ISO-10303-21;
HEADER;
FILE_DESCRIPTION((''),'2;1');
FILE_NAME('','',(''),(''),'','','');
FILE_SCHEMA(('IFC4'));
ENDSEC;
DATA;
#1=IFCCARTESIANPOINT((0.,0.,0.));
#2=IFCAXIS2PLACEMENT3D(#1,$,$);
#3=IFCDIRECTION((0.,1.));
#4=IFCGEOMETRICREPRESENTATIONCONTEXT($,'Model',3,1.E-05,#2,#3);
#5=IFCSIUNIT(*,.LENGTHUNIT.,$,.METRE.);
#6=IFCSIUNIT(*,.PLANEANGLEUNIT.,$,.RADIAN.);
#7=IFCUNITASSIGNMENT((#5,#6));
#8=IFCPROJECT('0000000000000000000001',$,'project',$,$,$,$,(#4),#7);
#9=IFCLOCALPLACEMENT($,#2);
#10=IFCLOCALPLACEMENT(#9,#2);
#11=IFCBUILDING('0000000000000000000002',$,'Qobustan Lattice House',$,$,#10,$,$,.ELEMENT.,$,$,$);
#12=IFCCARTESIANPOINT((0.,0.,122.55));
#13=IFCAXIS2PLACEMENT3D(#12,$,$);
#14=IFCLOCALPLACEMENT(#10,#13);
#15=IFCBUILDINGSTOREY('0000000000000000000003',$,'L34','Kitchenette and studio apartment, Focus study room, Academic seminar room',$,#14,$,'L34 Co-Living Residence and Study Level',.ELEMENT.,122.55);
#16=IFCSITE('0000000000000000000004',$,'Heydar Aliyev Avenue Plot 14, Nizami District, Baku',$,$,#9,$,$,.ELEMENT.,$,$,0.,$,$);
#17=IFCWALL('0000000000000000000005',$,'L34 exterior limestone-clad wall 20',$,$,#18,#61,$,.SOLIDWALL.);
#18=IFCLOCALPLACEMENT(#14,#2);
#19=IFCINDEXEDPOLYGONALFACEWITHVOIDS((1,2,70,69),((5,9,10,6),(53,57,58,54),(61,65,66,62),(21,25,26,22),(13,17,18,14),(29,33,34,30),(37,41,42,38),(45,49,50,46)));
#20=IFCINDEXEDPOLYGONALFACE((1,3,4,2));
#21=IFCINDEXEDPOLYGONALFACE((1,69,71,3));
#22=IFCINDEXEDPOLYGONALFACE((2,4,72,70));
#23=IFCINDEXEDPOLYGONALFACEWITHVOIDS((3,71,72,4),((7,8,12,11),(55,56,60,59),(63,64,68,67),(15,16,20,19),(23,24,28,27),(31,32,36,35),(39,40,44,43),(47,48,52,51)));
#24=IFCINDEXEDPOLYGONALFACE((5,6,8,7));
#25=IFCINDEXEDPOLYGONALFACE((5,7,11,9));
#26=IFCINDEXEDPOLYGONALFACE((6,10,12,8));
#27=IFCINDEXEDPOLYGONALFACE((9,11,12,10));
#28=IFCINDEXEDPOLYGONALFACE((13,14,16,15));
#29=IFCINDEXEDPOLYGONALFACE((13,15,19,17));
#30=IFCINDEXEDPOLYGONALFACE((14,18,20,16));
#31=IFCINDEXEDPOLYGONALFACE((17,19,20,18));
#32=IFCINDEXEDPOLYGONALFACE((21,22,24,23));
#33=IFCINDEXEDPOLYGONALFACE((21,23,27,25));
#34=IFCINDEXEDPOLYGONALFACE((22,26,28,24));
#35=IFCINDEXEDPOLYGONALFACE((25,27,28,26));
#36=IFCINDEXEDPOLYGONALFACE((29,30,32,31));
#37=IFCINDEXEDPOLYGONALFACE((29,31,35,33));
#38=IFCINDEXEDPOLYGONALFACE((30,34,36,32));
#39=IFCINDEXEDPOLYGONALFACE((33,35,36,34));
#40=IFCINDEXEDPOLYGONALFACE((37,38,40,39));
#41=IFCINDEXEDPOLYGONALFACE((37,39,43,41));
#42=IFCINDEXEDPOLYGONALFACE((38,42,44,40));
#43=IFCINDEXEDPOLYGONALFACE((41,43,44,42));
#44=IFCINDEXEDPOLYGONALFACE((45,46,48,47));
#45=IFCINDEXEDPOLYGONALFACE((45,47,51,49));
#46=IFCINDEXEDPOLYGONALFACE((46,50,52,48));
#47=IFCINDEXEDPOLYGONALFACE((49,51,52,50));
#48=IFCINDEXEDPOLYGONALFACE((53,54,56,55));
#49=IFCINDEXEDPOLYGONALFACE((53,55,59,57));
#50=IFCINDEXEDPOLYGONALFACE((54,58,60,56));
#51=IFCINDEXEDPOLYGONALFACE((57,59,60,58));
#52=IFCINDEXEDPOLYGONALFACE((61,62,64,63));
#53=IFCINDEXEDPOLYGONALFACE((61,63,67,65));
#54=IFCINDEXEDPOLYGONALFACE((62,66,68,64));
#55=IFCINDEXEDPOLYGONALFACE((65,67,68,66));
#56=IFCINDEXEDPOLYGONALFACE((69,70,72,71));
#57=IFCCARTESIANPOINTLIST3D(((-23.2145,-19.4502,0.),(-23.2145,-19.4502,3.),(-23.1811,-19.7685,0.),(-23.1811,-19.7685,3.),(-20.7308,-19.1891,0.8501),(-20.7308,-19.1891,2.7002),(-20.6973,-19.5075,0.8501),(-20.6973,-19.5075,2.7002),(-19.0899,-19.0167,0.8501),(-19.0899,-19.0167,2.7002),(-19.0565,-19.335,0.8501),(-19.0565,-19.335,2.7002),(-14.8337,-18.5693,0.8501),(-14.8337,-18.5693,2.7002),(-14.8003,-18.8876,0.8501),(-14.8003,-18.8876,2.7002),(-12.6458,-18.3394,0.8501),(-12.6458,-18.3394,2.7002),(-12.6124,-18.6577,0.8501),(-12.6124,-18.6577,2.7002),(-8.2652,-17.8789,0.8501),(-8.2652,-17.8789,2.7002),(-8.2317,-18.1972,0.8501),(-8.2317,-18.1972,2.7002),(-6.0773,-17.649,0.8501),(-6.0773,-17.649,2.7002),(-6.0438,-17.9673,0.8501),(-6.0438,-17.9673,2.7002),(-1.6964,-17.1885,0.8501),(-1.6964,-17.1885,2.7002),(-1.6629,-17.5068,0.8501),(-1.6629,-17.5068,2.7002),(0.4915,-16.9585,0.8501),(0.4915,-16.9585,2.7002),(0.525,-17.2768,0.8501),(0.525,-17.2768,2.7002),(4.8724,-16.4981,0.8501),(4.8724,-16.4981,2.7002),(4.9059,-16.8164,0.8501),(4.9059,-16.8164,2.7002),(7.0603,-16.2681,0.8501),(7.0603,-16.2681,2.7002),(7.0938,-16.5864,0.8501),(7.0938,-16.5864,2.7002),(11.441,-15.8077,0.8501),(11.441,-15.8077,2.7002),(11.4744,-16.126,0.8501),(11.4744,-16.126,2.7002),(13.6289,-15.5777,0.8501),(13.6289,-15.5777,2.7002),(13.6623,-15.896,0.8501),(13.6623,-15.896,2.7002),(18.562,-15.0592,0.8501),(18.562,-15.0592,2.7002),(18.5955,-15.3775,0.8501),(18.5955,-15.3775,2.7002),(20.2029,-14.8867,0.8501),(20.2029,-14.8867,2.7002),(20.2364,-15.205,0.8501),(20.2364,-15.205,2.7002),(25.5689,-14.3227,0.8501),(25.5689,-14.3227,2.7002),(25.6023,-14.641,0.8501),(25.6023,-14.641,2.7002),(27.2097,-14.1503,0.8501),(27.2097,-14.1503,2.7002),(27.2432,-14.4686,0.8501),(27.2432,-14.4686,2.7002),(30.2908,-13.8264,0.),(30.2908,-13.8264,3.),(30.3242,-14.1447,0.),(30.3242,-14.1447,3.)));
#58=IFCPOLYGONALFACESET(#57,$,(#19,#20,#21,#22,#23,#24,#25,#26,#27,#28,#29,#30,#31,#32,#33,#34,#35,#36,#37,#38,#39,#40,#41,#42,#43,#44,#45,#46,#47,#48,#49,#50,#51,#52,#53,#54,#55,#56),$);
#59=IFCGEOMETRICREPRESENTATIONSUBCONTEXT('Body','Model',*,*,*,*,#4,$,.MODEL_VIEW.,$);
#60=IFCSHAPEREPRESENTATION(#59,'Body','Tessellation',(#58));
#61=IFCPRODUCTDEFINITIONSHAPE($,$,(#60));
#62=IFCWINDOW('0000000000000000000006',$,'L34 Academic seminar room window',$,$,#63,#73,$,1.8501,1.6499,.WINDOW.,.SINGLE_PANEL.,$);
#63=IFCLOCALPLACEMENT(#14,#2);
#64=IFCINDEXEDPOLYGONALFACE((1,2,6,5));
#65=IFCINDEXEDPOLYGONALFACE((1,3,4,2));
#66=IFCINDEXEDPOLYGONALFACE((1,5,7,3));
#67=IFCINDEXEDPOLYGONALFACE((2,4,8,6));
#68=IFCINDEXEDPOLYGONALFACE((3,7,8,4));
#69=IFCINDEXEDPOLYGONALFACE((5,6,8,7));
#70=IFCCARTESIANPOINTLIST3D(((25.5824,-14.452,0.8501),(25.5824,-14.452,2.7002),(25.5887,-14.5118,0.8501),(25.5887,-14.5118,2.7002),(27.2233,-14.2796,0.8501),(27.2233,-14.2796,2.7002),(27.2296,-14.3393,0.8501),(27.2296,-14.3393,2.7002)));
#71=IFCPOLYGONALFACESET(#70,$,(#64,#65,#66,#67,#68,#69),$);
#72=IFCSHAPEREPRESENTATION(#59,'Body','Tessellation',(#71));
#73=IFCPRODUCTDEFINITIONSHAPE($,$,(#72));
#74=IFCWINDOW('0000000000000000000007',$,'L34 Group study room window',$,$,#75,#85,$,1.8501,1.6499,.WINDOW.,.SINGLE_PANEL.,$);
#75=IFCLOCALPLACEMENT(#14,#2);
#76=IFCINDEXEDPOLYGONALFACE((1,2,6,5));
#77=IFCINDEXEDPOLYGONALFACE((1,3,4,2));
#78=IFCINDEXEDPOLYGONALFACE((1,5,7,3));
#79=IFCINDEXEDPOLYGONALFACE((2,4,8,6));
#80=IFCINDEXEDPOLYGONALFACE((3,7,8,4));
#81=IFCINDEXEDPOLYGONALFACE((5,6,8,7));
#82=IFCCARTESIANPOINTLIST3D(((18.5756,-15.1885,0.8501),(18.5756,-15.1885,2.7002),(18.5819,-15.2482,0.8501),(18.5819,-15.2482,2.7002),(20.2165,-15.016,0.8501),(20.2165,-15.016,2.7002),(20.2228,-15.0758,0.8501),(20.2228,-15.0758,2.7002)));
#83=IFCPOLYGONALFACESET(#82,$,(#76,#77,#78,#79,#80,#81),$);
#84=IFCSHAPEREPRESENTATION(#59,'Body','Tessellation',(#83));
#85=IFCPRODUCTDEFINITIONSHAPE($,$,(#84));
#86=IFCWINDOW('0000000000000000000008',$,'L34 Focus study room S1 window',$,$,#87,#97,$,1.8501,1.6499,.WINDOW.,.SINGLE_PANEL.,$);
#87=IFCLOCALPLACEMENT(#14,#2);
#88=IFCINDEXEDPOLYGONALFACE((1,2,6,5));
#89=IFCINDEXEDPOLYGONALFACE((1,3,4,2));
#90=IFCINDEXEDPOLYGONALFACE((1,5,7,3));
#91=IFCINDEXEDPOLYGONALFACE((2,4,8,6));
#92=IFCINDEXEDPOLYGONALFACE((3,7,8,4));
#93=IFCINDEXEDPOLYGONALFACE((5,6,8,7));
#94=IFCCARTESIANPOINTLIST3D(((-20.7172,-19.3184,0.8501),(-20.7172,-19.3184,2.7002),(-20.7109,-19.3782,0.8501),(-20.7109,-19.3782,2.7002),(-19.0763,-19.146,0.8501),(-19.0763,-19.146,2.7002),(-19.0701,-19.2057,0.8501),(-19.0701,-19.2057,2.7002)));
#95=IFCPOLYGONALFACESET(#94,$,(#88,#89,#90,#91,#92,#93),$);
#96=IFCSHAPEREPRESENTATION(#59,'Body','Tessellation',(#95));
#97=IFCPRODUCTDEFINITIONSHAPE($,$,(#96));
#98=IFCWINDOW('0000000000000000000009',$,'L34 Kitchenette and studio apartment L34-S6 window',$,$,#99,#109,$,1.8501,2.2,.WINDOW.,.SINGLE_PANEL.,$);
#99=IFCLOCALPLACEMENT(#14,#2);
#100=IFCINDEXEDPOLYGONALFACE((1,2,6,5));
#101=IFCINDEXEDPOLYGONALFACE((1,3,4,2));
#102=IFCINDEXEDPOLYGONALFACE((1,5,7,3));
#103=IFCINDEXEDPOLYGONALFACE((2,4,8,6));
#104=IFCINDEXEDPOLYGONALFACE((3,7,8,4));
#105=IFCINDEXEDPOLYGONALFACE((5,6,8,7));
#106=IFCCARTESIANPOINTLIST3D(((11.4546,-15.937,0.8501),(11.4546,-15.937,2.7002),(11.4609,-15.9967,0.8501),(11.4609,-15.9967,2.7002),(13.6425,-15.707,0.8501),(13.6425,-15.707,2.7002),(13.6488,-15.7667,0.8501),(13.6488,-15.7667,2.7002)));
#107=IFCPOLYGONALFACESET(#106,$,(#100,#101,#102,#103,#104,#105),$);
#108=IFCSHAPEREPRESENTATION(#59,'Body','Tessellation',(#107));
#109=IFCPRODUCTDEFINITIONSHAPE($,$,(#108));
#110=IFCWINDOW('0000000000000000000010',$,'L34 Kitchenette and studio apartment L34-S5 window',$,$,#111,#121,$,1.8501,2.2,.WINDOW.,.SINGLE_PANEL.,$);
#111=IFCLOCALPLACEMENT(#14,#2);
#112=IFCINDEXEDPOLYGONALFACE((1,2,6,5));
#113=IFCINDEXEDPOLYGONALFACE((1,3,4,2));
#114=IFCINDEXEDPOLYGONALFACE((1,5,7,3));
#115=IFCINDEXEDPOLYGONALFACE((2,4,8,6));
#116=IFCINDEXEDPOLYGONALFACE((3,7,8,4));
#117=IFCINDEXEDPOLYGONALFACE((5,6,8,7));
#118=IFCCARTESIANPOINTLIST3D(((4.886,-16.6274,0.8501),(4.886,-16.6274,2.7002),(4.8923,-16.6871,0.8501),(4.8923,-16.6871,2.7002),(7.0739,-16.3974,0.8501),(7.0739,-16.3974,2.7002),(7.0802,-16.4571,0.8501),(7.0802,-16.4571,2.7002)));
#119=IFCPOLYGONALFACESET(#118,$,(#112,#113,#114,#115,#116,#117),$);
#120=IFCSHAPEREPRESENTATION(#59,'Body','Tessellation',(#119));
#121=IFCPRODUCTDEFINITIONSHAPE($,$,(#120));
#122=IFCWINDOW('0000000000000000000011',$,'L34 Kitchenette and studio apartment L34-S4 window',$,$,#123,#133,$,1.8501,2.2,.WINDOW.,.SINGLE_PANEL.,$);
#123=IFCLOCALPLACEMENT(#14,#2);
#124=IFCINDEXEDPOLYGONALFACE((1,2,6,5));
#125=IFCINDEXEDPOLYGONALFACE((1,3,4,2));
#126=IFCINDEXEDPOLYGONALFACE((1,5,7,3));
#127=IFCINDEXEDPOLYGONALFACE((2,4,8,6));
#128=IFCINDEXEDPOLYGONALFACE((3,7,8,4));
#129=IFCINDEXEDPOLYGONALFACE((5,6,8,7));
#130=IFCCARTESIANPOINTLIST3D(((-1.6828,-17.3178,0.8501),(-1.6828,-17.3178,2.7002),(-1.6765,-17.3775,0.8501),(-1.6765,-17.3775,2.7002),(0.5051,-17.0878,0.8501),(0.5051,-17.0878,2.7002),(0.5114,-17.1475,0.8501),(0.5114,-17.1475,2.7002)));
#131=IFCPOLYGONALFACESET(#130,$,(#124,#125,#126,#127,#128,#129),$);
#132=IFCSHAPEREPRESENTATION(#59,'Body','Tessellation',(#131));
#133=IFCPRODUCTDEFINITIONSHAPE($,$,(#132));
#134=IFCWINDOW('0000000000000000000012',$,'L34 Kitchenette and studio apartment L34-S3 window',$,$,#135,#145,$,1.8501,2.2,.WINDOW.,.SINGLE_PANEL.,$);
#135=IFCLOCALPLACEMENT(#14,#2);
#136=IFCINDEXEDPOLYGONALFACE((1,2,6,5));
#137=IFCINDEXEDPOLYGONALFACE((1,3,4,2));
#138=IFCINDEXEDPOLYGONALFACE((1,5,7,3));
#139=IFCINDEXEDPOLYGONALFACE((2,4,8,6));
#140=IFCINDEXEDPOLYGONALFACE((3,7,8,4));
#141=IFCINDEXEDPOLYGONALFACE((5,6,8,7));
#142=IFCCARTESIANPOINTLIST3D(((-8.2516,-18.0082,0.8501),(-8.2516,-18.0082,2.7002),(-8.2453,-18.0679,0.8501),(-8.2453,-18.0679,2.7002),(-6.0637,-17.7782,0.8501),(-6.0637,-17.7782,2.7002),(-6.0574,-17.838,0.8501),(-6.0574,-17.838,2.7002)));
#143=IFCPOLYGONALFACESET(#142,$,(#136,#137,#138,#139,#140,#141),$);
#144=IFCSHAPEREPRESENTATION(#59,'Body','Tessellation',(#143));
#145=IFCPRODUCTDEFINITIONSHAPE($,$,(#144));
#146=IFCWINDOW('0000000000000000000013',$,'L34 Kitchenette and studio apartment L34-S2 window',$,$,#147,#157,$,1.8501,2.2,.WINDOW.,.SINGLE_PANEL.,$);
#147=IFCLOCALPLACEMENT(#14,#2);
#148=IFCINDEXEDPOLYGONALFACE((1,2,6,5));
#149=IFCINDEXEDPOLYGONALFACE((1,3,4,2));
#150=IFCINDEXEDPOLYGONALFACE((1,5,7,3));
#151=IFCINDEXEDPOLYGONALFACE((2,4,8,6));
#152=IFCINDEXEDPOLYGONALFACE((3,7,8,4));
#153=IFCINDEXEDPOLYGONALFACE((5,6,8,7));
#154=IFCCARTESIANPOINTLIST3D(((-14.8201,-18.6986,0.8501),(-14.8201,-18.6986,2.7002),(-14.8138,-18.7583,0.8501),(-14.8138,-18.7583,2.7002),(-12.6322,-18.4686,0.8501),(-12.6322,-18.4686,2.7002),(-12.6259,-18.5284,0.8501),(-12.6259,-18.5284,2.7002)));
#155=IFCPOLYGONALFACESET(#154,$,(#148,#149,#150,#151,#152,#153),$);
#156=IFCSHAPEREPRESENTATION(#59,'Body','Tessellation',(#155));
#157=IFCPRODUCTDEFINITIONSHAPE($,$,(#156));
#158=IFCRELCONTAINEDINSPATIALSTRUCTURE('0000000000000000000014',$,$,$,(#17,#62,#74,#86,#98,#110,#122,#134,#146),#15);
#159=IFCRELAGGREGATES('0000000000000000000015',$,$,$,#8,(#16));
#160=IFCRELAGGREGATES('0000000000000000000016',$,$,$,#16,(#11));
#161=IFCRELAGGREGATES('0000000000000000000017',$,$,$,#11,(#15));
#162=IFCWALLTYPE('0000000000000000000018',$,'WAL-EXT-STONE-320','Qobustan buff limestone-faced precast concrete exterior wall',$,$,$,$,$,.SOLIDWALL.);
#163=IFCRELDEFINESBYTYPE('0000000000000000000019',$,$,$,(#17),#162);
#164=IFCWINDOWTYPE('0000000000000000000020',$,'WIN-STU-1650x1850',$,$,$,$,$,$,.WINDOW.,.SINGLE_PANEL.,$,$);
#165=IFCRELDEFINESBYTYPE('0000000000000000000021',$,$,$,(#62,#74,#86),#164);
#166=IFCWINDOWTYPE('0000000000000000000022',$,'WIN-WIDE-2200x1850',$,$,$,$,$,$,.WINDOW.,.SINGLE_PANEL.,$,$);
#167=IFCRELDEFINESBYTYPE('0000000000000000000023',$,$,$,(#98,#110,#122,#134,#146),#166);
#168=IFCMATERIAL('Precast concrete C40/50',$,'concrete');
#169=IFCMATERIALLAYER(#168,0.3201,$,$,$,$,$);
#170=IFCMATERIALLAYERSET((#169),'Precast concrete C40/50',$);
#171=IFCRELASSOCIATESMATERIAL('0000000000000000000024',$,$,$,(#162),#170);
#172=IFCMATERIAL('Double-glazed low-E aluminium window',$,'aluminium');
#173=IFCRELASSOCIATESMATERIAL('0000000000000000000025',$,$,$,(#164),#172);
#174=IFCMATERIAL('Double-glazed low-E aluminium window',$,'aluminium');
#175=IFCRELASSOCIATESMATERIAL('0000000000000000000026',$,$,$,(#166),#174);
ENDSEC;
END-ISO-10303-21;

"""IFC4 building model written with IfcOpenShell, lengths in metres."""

from ifc_helpers import new_model, si_unit, direction, frame, frame_2d, origin, place, context, subcontext, project, spatial, rectangle, extrude, material, layer, layer_set, type_object, element, fill, save


model = new_model("IFC4")

# Units and contexts
model_context = context("Model", 3, precision=1e-05, world=origin(), true_north=direction((0.0, 1.0)))
body_context = subcontext(model_context, "Body", "Model", "MODEL_VIEW")
ifc_project = project(units=[si_unit("LENGTHUNIT", "METRE"), si_unit("PLANEANGLEUNIT", "RADIAN")], contexts=[model_context])

# Site, building, storey
site_placement = place(None, origin())
site = spatial("IfcSite", under=ifc_project, at=site_placement, Name="Heydar Aliyev Avenue Plot 14, Nizami District, Baku", CompositionType="ELEMENT", RefElevation=0.0)
building_placement = place(site_placement, origin())
building = spatial("IfcBuilding", under=site, at=building_placement, Name="Qobustan Lattice House", CompositionType="ELEMENT")
storey_placement = place(building_placement, frame((0.0, 0.0, 122.55)))
storey = spatial("IfcBuildingStorey", under=building, at=storey_placement, Name="L34", Description="Kitchenette and studio apartment, Focus study room, Academic seminar room", LongName="L34 Co-Living Residence and Study Level", CompositionType="ELEMENT", Elevation=122.55)

# Shared definitions
ifc_material_1 = material(Name="Precast concrete C40/50", Category="concrete")
ifc_layer_1 = layer(ifc_material_1, 0.3201)
ifc_layer_set_1 = layer_set([ifc_layer_1], Name="Precast concrete C40/50")
wall_type = type_object("IfcWallType", Name="WAL-EXT-STONE-320", Description="Qobustan buff limestone-faced precast concrete exterior wall", PredefinedType="SOLIDWALL", material=ifc_layer_set_1)

# Wall, openings, windows
wall_1_placement = place(storey_placement, frame((30.3074, -13.9856, 0.0), z_axis=(0.0, 0.0, 1.0), x_axis=(-0.994522, -0.104531, 0.0)))
wall_1 = element("IfcWall", 1, at=wall_1_placement, inside=storey, type_object=wall_type, Name="L34 exterior limestone-clad wall 20", PredefinedType="SOLIDWALL", context=body_context, shape_type="SweptSolid", body=[
    extrude(rectangle(XDim=53.8, YDim=0.3201, at=frame_2d((26.8999, 0.0))), origin(), (0.0, 0.0, 1.0), 3.0),
])
opening_1_placement = place(wall_1_placement, frame((3.0979, 0.0, 0.8501)))
opening_1 = element("IfcOpeningElement", 2, at=opening_1_placement, cuts=wall_1, PredefinedType="OPENING", context=body_context, shape_type="SweptSolid", body=[
    extrude(rectangle(XDim=1.6499, YDim=1.8501, at=frame_2d((0.825, 0.925))), frame((0.0, 0.1699, 0.0), z_axis=(0.0, -1.0, 0.0), x_axis=(1.0, 0.0, 0.0)), (0.0, 0.0, 1.0), 0.3401),
])
opening_2_placement = place(wall_1_placement, frame((10.1433, 0.0, 0.8501)))
opening_2 = element("IfcOpeningElement", 3, at=opening_2_placement, cuts=wall_1, PredefinedType="OPENING", context=body_context, shape_type="SweptSolid", body=[
    extrude(rectangle(XDim=1.6499, YDim=1.8501, at=frame_2d((0.825, 0.925))), frame((0.0, 0.1699, 0.0), z_axis=(0.0, -1.0, 0.0), x_axis=(1.0, 0.0, 0.0)), (0.0, 0.0, 1.0), 0.3401),
])
opening_3_placement = place(wall_1_placement, frame((16.7534, 0.0, 0.8501)))
opening_3 = element("IfcOpeningElement", 4, at=opening_3_placement, cuts=wall_1, PredefinedType="OPENING", context=body_context, shape_type="SweptSolid", body=[
    extrude(rectangle(XDim=2.2, YDim=1.8501, at=frame_2d((1.1001, 0.925))), frame((0.0, 0.1699, 0.0), z_axis=(0.0, -1.0, 0.0), x_axis=(1.0, 0.0, 0.0)), (0.0, 0.0, 1.0), 0.3401),
])
opening_4_placement = place(wall_1_placement, frame((23.3582, 0.0, 0.8501)))
opening_4 = element("IfcOpeningElement", 5, at=opening_4_placement, cuts=wall_1, PredefinedType="OPENING", context=body_context, shape_type="SweptSolid", body=[
    extrude(rectangle(XDim=2.2, YDim=1.8501, at=frame_2d((1.1001, 0.925))), frame((0.0, 0.1699, 0.0), z_axis=(0.0, -1.0, 0.0), x_axis=(1.0, 0.0, 0.0)), (0.0, 0.0, 1.0), 0.3401),
])
opening_5_placement = place(wall_1_placement, frame((29.9631, 0.0, 0.8501)))
opening_5 = element("IfcOpeningElement", 6, at=opening_5_placement, cuts=wall_1, PredefinedType="OPENING", context=body_context, shape_type="SweptSolid", body=[
    extrude(rectangle(XDim=2.2, YDim=1.8501, at=frame_2d((1.1001, 0.925))), frame((0.0, 0.1699, 0.0), z_axis=(0.0, -1.0, 0.0), x_axis=(1.0, 0.0, 0.0)), (0.0, 0.0, 1.0), 0.3401),
])
opening_6_placement = place(wall_1_placement, frame((36.5681, 0.0, 0.8501)))
opening_6 = element("IfcOpeningElement", 7, at=opening_6_placement, cuts=wall_1, PredefinedType="OPENING", context=body_context, shape_type="SweptSolid", body=[
    extrude(rectangle(XDim=2.2, YDim=1.8501, at=frame_2d((1.1001, 0.925))), frame((0.0, 0.1699, 0.0), z_axis=(0.0, -1.0, 0.0), x_axis=(1.0, 0.0, 0.0)), (0.0, 0.0, 1.0), 0.3401),
])
opening_7_placement = place(wall_1_placement, frame((43.1729, 0.0, 0.8501)))
opening_7 = element("IfcOpeningElement", 8, at=opening_7_placement, cuts=wall_1, PredefinedType="OPENING", context=body_context, shape_type="SweptSolid", body=[
    extrude(rectangle(XDim=2.2, YDim=1.8501, at=frame_2d((1.1001, 0.925))), frame((0.0, 0.1699, 0.0), z_axis=(0.0, -1.0, 0.0), x_axis=(1.0, 0.0, 0.0)), (0.0, 0.0, 1.0), 0.3401),
])
opening_8_placement = place(wall_1_placement, frame((49.6526, 0.0, 0.8501)))
opening_8 = element("IfcOpeningElement", 9, at=opening_8_placement, cuts=wall_1, PredefinedType="OPENING", context=body_context, shape_type="SweptSolid", body=[
    extrude(rectangle(XDim=1.6499, YDim=1.8501, at=frame_2d((0.825, 0.925))), frame((0.0, 0.1699, 0.0), z_axis=(0.0, -1.0, 0.0), x_axis=(1.0, 0.0, 0.0)), (0.0, 0.0, 1.0), 0.3401),
])
ifc_material_2 = material(Name="Double-glazed low-E aluminium window", Category="aluminium")
window_type_1 = type_object("IfcWindowType", Name="WIN-STU-1650x1850", PartitioningType="SINGLE_PANEL", PredefinedType="WINDOW", material=ifc_material_2)
window_1_placement = place(opening_1_placement, origin())
window_1 = element("IfcWindow", 10, at=window_1_placement, inside=storey, type_object=window_type_1, Name="L34 Academic seminar room window", OverallHeight=1.8501, OverallWidth=1.6499, PartitioningType="SINGLE_PANEL", PredefinedType="WINDOW", context=body_context, shape_type="SweptSolid", body=[
    extrude(rectangle(XDim=1.6499, YDim=1.8501, at=frame_2d((0.825, 0.925))), frame((0.0, 0.03, 0.0), z_axis=(0.0, -1.0, 0.0), x_axis=(1.0, 0.0, 0.0)), (0.0, 0.0, 1.0), 0.0601),
])
fill(opening_1, window_1)
window_2_placement = place(opening_2_placement, origin())
window_2 = element("IfcWindow", 11, at=window_2_placement, inside=storey, type_object=window_type_1, Name="L34 Group study room window", OverallHeight=1.8501, OverallWidth=1.6499, PartitioningType="SINGLE_PANEL", PredefinedType="WINDOW", context=body_context, shape_type="SweptSolid", body=[
    extrude(rectangle(XDim=1.6499, YDim=1.8501, at=frame_2d((0.825, 0.925))), frame((0.0, 0.03, 0.0), z_axis=(0.0, -1.0, 0.0), x_axis=(1.0, 0.0, 0.0)), (0.0, 0.0, 1.0), 0.0601),
])
fill(opening_2, window_2)
window_3_placement = place(opening_8_placement, origin())
window_3 = element("IfcWindow", 12, at=window_3_placement, inside=storey, type_object=window_type_1, Name="L34 Focus study room S1 window", OverallHeight=1.8501, OverallWidth=1.6499, PartitioningType="SINGLE_PANEL", PredefinedType="WINDOW", context=body_context, shape_type="SweptSolid", body=[
    extrude(rectangle(XDim=1.6499, YDim=1.8501, at=frame_2d((0.825, 0.925))), frame((0.0, 0.03, 0.0), z_axis=(0.0, -1.0, 0.0), x_axis=(1.0, 0.0, 0.0)), (0.0, 0.0, 1.0), 0.0601),
])
fill(opening_8, window_3)
ifc_material_3 = material(Name="Double-glazed low-E aluminium window", Category="aluminium")
window_type_2 = type_object("IfcWindowType", Name="WIN-WIDE-2200x1850", PartitioningType="SINGLE_PANEL", PredefinedType="WINDOW", material=ifc_material_3)
window_4_placement = place(opening_3_placement, origin())
window_4 = element("IfcWindow", 13, at=window_4_placement, inside=storey, type_object=window_type_2, Name="L34 Kitchenette and studio apartment L34-S6 window", OverallHeight=1.8501, OverallWidth=2.2, PartitioningType="SINGLE_PANEL", PredefinedType="WINDOW", context=body_context, shape_type="SweptSolid", body=[
    extrude(rectangle(XDim=2.2, YDim=1.8501, at=frame_2d((1.1001, 0.925))), frame((0.0, 0.03, 0.0), z_axis=(0.0, -1.0, 0.0), x_axis=(1.0, 0.0, 0.0)), (0.0, 0.0, 1.0), 0.0601),
])
fill(opening_3, window_4)
window_5_placement = place(opening_4_placement, origin())
window_5 = element("IfcWindow", 14, at=window_5_placement, inside=storey, type_object=window_type_2, Name="L34 Kitchenette and studio apartment L34-S5 window", OverallHeight=1.8501, OverallWidth=2.2, PartitioningType="SINGLE_PANEL", PredefinedType="WINDOW", context=body_context, shape_type="SweptSolid", body=[
    extrude(rectangle(XDim=2.2, YDim=1.8501, at=frame_2d((1.1001, 0.925))), frame((0.0, 0.03, 0.0), z_axis=(0.0, -1.0, 0.0), x_axis=(1.0, 0.0, 0.0)), (0.0, 0.0, 1.0), 0.0601),
])
fill(opening_4, window_5)
window_6_placement = place(opening_5_placement, origin())
window_6 = element("IfcWindow", 15, at=window_6_placement, inside=storey, type_object=window_type_2, Name="L34 Kitchenette and studio apartment L34-S4 window", OverallHeight=1.8501, OverallWidth=2.2, PartitioningType="SINGLE_PANEL", PredefinedType="WINDOW", context=body_context, shape_type="SweptSolid", body=[
    extrude(rectangle(XDim=2.2, YDim=1.8501, at=frame_2d((1.1001, 0.925))), frame((0.0, 0.03, 0.0), z_axis=(0.0, -1.0, 0.0), x_axis=(1.0, 0.0, 0.0)), (0.0, 0.0, 1.0), 0.0601),
])
fill(opening_5, window_6)
window_7_placement = place(opening_6_placement, origin())
window_7 = element("IfcWindow", 16, at=window_7_placement, inside=storey, type_object=window_type_2, Name="L34 Kitchenette and studio apartment L34-S3 window", OverallHeight=1.8501, OverallWidth=2.2, PartitioningType="SINGLE_PANEL", PredefinedType="WINDOW", context=body_context, shape_type="SweptSolid", body=[
    extrude(rectangle(XDim=2.2, YDim=1.8501, at=frame_2d((1.1001, 0.925))), frame((0.0, 0.03, 0.0), z_axis=(0.0, -1.0, 0.0), x_axis=(1.0, 0.0, 0.0)), (0.0, 0.0, 1.0), 0.0601),
])
fill(opening_6, window_7)
window_8_placement = place(opening_7_placement, origin())
window_8 = element("IfcWindow", 17, at=window_8_placement, inside=storey, type_object=window_type_2, Name="L34 Kitchenette and studio apartment L34-S2 window", OverallHeight=1.8501, OverallWidth=2.2, PartitioningType="SINGLE_PANEL", PredefinedType="WINDOW", context=body_context, shape_type="SweptSolid", body=[
    extrude(rectangle(XDim=2.2, YDim=1.8501, at=frame_2d((1.1001, 0.925))), frame((0.0, 0.03, 0.0), z_axis=(0.0, -1.0, 0.0), x_axis=(1.0, 0.0, 0.0)), (0.0, 0.0, 1.0), 0.0601),
])
fill(opening_7, window_8)

save(model, "model.ifc")
